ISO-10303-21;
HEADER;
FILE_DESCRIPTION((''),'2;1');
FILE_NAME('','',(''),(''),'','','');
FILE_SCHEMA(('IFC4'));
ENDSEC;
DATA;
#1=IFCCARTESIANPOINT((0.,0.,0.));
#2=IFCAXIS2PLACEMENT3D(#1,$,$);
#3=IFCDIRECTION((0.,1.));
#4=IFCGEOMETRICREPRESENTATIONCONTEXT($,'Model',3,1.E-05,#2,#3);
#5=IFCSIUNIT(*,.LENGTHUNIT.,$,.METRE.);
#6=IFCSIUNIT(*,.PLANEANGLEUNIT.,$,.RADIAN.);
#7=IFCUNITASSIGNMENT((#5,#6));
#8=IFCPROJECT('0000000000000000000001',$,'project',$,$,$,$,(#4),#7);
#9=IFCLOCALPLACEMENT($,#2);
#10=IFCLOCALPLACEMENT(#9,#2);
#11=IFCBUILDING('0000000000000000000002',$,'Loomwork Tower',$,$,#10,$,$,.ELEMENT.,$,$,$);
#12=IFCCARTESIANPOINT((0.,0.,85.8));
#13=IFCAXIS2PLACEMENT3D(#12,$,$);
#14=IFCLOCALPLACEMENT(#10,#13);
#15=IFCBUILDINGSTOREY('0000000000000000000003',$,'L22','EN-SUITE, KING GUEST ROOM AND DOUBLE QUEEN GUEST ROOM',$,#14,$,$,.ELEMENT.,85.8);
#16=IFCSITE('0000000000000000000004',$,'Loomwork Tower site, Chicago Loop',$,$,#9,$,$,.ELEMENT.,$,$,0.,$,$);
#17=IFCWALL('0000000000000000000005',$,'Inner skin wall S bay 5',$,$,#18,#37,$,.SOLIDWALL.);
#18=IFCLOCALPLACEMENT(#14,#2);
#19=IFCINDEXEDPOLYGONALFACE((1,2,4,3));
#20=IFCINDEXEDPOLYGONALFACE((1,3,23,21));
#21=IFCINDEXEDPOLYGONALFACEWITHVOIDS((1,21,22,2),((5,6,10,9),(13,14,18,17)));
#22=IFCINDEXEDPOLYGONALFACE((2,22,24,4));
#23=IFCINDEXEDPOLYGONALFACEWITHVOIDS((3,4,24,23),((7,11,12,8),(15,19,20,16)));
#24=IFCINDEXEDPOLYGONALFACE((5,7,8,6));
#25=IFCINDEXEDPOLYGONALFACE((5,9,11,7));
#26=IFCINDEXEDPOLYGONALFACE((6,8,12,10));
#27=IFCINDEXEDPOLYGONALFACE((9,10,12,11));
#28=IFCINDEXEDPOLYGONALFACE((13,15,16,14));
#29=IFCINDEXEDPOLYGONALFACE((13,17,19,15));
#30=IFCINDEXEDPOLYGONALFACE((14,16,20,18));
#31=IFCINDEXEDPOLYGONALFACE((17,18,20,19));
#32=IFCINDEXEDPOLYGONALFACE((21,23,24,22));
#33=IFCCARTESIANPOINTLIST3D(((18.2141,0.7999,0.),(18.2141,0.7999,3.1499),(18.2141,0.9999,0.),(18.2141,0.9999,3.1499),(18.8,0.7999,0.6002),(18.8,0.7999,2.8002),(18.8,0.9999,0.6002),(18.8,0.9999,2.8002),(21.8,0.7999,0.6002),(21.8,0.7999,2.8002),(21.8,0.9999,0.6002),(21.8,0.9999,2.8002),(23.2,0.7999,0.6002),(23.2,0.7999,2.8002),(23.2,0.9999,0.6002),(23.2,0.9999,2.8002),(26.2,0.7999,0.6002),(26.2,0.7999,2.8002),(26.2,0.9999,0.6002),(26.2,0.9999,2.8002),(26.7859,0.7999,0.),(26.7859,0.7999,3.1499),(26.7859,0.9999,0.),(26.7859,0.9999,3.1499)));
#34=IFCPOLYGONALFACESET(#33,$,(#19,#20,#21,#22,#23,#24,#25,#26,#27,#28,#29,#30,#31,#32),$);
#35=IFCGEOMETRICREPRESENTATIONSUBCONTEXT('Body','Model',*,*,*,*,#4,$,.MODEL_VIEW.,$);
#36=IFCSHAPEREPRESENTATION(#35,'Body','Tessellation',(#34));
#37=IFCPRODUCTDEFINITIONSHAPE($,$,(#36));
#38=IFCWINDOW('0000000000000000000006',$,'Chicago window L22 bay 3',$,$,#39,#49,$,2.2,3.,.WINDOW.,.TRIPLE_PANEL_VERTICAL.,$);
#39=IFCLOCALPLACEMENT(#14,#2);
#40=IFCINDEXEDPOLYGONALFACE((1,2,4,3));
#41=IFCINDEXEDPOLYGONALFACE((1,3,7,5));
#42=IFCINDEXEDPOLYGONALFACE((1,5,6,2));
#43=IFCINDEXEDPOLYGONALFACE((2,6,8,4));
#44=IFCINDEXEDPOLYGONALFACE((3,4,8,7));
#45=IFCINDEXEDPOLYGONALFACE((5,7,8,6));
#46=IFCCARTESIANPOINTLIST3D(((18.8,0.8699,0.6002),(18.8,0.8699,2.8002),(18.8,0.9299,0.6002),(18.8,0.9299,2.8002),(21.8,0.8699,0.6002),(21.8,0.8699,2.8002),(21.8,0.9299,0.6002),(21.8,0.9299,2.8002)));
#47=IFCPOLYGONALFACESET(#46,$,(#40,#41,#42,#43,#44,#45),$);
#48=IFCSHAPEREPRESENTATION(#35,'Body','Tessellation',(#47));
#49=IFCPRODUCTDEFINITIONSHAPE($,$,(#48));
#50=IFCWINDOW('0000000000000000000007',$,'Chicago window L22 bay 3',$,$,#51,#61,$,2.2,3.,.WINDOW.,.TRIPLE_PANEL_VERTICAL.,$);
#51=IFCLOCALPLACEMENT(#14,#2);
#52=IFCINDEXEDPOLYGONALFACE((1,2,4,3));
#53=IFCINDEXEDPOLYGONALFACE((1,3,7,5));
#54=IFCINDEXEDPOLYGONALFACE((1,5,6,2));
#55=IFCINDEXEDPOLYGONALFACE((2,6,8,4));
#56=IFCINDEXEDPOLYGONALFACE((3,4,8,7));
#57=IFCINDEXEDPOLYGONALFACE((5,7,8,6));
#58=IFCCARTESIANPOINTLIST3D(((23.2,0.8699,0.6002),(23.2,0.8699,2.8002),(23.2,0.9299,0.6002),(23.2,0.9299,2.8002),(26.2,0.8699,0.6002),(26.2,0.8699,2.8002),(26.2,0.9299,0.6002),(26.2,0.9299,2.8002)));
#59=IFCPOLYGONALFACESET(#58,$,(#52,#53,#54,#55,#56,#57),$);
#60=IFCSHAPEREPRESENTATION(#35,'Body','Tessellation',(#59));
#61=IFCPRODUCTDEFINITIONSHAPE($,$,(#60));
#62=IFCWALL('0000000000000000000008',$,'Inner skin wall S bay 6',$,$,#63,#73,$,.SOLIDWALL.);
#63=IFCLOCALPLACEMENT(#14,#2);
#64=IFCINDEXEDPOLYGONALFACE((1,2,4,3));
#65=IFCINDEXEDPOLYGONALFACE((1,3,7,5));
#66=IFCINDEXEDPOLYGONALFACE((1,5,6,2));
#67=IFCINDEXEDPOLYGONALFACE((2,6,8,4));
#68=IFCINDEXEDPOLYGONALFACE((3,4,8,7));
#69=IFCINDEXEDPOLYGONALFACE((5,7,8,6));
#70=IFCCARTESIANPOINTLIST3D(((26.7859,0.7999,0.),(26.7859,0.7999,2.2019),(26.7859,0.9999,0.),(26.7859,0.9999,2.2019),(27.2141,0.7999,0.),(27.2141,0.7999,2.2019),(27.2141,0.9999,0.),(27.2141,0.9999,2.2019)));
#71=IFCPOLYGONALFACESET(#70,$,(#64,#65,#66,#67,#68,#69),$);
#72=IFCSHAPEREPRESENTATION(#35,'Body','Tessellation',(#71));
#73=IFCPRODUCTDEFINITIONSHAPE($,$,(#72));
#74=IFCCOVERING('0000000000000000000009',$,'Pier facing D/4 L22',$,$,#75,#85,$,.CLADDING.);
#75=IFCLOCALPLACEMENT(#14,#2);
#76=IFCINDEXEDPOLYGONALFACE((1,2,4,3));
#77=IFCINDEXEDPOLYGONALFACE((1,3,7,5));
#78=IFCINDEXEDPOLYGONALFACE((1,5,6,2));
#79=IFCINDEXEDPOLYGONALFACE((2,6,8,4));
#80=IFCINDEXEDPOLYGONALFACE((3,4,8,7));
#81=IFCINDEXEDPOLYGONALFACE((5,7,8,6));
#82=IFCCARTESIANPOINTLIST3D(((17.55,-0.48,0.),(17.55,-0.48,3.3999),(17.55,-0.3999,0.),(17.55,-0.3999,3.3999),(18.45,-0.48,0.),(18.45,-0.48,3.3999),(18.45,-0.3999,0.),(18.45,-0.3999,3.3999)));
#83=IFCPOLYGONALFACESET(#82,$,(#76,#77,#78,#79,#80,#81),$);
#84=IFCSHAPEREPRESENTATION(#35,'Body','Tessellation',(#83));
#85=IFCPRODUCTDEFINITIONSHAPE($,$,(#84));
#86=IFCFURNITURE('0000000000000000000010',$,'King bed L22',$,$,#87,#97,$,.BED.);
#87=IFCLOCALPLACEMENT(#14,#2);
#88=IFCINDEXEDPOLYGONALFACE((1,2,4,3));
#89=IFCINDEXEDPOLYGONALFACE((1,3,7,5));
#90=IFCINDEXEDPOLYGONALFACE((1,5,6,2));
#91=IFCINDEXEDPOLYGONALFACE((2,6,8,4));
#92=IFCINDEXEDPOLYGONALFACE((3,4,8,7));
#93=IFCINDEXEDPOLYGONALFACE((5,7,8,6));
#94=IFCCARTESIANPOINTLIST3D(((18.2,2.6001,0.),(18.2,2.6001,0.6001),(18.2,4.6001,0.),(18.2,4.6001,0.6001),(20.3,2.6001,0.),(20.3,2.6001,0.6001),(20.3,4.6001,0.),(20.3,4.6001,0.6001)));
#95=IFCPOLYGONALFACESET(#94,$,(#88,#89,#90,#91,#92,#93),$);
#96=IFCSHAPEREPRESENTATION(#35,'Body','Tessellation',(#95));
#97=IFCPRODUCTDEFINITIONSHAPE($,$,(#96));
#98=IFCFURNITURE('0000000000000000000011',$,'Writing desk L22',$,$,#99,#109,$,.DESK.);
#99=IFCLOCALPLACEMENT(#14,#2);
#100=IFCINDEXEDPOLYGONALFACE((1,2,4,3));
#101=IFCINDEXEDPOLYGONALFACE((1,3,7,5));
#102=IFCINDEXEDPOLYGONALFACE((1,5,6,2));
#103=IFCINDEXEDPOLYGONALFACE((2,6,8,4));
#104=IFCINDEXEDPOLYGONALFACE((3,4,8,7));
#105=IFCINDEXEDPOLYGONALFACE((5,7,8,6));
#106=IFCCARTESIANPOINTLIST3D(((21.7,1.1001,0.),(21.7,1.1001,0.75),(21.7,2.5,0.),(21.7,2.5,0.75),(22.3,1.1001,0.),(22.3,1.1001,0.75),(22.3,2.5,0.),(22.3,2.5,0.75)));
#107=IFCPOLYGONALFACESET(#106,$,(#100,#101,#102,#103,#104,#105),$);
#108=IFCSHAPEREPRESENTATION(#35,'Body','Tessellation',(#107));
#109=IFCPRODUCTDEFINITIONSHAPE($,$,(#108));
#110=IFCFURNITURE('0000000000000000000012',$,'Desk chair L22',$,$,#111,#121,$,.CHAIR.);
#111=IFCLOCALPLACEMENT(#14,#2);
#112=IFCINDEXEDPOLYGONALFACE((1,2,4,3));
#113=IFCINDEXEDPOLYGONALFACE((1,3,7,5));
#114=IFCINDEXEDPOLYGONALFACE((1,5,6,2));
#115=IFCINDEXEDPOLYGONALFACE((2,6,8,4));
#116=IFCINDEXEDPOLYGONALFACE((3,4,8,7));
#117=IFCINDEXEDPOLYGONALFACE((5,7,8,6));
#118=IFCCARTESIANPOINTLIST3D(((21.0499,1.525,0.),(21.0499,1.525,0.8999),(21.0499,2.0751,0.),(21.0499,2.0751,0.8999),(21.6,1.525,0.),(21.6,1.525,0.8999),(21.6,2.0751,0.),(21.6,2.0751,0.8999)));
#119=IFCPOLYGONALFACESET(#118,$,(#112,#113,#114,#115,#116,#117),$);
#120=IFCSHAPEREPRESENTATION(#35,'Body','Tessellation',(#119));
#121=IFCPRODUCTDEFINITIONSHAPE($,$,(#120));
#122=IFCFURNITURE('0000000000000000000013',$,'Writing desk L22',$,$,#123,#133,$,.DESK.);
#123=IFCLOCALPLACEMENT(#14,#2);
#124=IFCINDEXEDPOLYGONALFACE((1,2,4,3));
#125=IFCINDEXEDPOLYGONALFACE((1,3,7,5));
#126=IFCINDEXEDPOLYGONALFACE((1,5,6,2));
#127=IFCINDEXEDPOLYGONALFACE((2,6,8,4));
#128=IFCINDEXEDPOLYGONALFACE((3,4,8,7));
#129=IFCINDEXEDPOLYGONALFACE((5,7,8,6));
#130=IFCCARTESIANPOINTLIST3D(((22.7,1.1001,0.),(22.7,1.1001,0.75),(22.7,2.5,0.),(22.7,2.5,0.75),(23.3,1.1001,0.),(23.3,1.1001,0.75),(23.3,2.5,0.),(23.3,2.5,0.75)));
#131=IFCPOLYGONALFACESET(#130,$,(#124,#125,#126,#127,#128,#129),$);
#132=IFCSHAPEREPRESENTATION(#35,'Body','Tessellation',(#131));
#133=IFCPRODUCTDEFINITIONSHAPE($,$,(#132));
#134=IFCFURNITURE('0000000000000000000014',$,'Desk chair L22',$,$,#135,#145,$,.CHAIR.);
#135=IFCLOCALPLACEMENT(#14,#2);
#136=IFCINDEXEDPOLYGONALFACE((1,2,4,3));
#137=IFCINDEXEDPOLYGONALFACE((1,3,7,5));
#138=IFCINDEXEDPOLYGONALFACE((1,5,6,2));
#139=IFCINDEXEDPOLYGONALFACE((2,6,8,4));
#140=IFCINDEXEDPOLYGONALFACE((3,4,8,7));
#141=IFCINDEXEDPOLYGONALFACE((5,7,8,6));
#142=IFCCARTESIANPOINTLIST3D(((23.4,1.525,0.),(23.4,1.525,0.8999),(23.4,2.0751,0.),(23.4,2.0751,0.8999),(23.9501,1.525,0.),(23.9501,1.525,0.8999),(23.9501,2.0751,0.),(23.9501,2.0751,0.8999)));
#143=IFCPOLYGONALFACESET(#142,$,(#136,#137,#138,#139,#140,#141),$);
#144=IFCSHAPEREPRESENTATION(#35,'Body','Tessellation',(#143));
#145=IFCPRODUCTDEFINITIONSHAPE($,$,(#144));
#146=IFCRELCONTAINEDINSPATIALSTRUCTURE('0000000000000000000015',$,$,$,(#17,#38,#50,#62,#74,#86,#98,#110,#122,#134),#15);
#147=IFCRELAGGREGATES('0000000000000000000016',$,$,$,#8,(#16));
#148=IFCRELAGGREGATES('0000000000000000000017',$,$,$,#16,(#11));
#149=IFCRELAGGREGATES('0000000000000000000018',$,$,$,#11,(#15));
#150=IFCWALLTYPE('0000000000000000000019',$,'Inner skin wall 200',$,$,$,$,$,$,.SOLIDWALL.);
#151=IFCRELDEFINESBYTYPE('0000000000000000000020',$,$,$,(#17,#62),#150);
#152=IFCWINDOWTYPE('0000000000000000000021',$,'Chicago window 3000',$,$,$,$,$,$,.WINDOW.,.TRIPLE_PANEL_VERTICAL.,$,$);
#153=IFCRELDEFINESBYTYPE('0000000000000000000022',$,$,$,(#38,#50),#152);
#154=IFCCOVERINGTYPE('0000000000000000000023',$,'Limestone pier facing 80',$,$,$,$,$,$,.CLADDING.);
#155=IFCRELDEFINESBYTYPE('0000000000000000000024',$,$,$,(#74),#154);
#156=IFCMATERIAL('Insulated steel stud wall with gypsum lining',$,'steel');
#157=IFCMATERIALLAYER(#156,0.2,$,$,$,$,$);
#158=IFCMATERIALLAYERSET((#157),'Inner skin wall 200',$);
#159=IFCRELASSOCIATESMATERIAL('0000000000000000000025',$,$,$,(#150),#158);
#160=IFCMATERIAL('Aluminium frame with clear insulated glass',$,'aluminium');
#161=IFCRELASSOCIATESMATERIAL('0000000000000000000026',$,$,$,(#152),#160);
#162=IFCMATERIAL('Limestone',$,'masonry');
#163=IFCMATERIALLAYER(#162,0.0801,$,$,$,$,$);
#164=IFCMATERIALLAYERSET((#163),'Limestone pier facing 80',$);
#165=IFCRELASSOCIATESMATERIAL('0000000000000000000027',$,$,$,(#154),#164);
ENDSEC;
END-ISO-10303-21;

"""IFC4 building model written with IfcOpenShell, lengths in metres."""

from ifc_helpers import new_model, si_unit, direction, frame, frame_2d, origin, origin_2d, place, context, subcontext, project, spatial, rectangle, extrude, material, layer, layer_set, type_object, element, fill, save


model = new_model("IFC4")

# Units and contexts
model_context = context("Model", 3, precision=1e-05, world=origin(), true_north=direction((0.0, 1.0)))
body_context = subcontext(model_context, "Body", "Model", "MODEL_VIEW")
ifc_project = project(units=[si_unit("LENGTHUNIT", "METRE"), si_unit("PLANEANGLEUNIT", "RADIAN")], contexts=[model_context])

# Site, building, storey
site_placement = place(None, origin())
site = spatial("IfcSite", under=ifc_project, at=site_placement, Name="Loomwork Tower site, Chicago Loop", CompositionType="ELEMENT", RefElevation=0.0)
building_placement = place(site_placement, origin())
building = spatial("IfcBuilding", under=site, at=building_placement, Name="Loomwork Tower", CompositionType="ELEMENT")
storey_placement = place(building_placement, frame((0.0, 0.0, 85.8)))
storey = spatial("IfcBuildingStorey", under=building, at=storey_placement, Name="L22", Description="EN-SUITE, KING GUEST ROOM AND DOUBLE QUEEN GUEST ROOM", CompositionType="ELEMENT", Elevation=85.8)

# Wall, openings, windows
ifc_material_1 = material(Name="Insulated steel stud wall with gypsum lining", Category="steel")
ifc_layer_1 = layer(ifc_material_1, 0.2)
ifc_layer_set_1 = layer_set([ifc_layer_1], Name="Inner skin wall 200")
wall_type = type_object("IfcWallType", Name="Inner skin wall 200", PredefinedType="SOLIDWALL", material=ifc_layer_set_1)
wall_1_placement = place(storey_placement, frame((18.2141, 0.8999, 0.0), z_axis=(0.0, 0.0, 1.0), x_axis=(1.0, 0.0, 0.0)))
wall_1 = element("IfcWall", 1, at=wall_1_placement, inside=storey, type_object=wall_type, Name="Inner skin wall S bay 5", PredefinedType="SOLIDWALL", context=body_context, shape_type="SweptSolid", body=[
    extrude(rectangle(XDim=8.5718, YDim=0.2, at=frame_2d((4.2859, 0.0))), origin(), (0.0, 0.0, 1.0), 3.1499),
])
opening_1_placement = place(wall_1_placement, frame((0.5859, 0.0, 0.6001)))
opening_1 = element("IfcOpeningElement", 2, at=opening_1_placement, cuts=wall_1, PredefinedType="OPENING", context=body_context, shape_type="SweptSolid", body=[
    extrude(rectangle(XDim=3.0, YDim=2.2, at=frame_2d((1.5, 1.1001))), frame((0.0, 0.1099, 0.0), z_axis=(0.0, -1.0, 0.0), x_axis=(1.0, 0.0, 0.0)), (0.0, 0.0, 1.0), 0.22),
])
opening_2_placement = place(wall_1_placement, frame((4.9858, 0.0, 0.6001)))
opening_2 = element("IfcOpeningElement", 3, at=opening_2_placement, cuts=wall_1, PredefinedType="OPENING", context=body_context, shape_type="SweptSolid", body=[
    extrude(rectangle(XDim=3.0, YDim=2.2, at=frame_2d((1.5, 1.1001))), frame((0.0, 0.1099, 0.0), z_axis=(0.0, -1.0, 0.0), x_axis=(1.0, 0.0, 0.0)), (0.0, 0.0, 1.0), 0.22),
])
ifc_material_2 = material(Name="Aluminium frame with clear insulated glass", Category="aluminium")
window_type = type_object("IfcWindowType", Name="Chicago window 3000", PartitioningType="TRIPLE_PANEL_VERTICAL", PredefinedType="WINDOW", material=ifc_material_2)
window_1_placement = place(opening_1_placement, origin())
window_1 = element("IfcWindow", 4, at=window_1_placement, inside=storey, type_object=window_type, Name="Chicago window L22 bay 3", OverallHeight=2.2, OverallWidth=3.0, PartitioningType="TRIPLE_PANEL_VERTICAL", PredefinedType="WINDOW", context=body_context, shape_type="SweptSolid", body=[
    extrude(rectangle(XDim=3.0, YDim=2.2, at=frame_2d((1.5, 1.1001))), frame((0.0, 0.03, 0.0), z_axis=(0.0, -1.0, 0.0), x_axis=(1.0, 0.0, 0.0)), (0.0, 0.0, 1.0), 0.0601),
])
fill(opening_1, window_1)
window_2_placement = place(opening_2_placement, origin())
window_2 = element("IfcWindow", 5, at=window_2_placement, inside=storey, type_object=window_type, Name="Chicago window L22 bay 3", OverallHeight=2.2, OverallWidth=3.0, PartitioningType="TRIPLE_PANEL_VERTICAL", PredefinedType="WINDOW", context=body_context, shape_type="SweptSolid", body=[
    extrude(rectangle(XDim=3.0, YDim=2.2, at=frame_2d((1.5, 1.1001))), frame((0.0, 0.03, 0.0), z_axis=(0.0, -1.0, 0.0), x_axis=(1.0, 0.0, 0.0)), (0.0, 0.0, 1.0), 0.0601),
])
fill(opening_2, window_2)

# Wall
wall_2_placement = place(storey_placement, frame((26.7859, 0.8999, 0.0), z_axis=(0.0, 0.0, 1.0), x_axis=(1.0, 0.0, 0.0)))
element("IfcWall", 6, at=wall_2_placement, inside=storey, type_object=wall_type, Name="Inner skin wall S bay 6", PredefinedType="SOLIDWALL", context=body_context, shape_type="SweptSolid", body=[
    extrude(rectangle(XDim=0.4282, YDim=0.2, at=frame_2d((0.2141, 0.0))), origin(), (0.0, 0.0, 1.0), 2.2019),
])

# Covering
ifc_material_3 = material(Name="Limestone", Category="masonry")
ifc_layer_2 = layer(ifc_material_3, 0.0801)
ifc_layer_set_2 = layer_set([ifc_layer_2], Name="Limestone pier facing 80")
covering_type = type_object("IfcCoveringType", Name="Limestone pier facing 80", PredefinedType="CLADDING", material=ifc_layer_set_2)
covering_placement = place(storey_placement, frame((18.0, -0.4399, 0.0), z_axis=(0.0, 0.0, 1.0), x_axis=(1.0, 0.0, 0.0)))
element("IfcCovering", 7, at=covering_placement, inside=storey, type_object=covering_type, Name="Pier facing D/4 L22", PredefinedType="CLADDING", context=body_context, shape_type="SweptSolid", body=[
    extrude(rectangle(XDim=0.8999, YDim=0.0801, at=origin_2d()), origin(), (0.0, 0.0, 1.0), 3.3999),
])

# Furniture
furniture_1_placement = place(storey_placement, frame((19.25, 3.6001, 0.0), z_axis=(0.0, 0.0, 1.0), x_axis=(1.0, 0.0, 0.0)))
element("IfcFurniture", 8, at=furniture_1_placement, inside=storey, Name="King bed L22", PredefinedType="BED", context=body_context, shape_type="SweptSolid", body=[
    extrude(rectangle(XDim=2.1001, YDim=2.0, at=origin_2d()), origin(), (0.0, 0.0, 1.0), 0.6001),
])
furniture_2_placement = place(storey_placement, frame((22.0, 1.8, 0.0), z_axis=(0.0, 0.0, 1.0), x_axis=(1.0, 0.0, 0.0)))
element("IfcFurniture", 9, at=furniture_2_placement, inside=storey, Name="Writing desk L22", PredefinedType="DESK", context=body_context, shape_type="SweptSolid", body=[
    extrude(rectangle(XDim=0.6001, YDim=1.3999, at=origin_2d()), origin(), (0.0, 0.0, 1.0), 0.75),
])
furniture_3_placement = place(storey_placement, frame((21.325, 1.8, 0.0), z_axis=(0.0, 0.0, 1.0), x_axis=(1.0, 0.0, 0.0)))
element("IfcFurniture", 10, at=furniture_3_placement, inside=storey, Name="Desk chair L22", PredefinedType="CHAIR", context=body_context, shape_type="SweptSolid", body=[
    extrude(rectangle(XDim=0.55, YDim=0.55, at=origin_2d()), origin(), (0.0, 0.0, 1.0), 0.8999),
])
furniture_4_placement = place(storey_placement, frame((23.0, 1.8, 0.0), z_axis=(0.0, 0.0, 1.0), x_axis=(1.0, 0.0, 0.0)))
element("IfcFurniture", 11, at=furniture_4_placement, inside=storey, Name="Writing desk L22", PredefinedType="DESK", context=body_context, shape_type="SweptSolid", body=[
    extrude(rectangle(XDim=0.6001, YDim=1.3999, at=origin_2d()), origin(), (0.0, 0.0, 1.0), 0.75),
])
furniture_5_placement = place(storey_placement, frame((23.675, 1.8, 0.0), z_axis=(0.0, 0.0, 1.0), x_axis=(1.0, 0.0, 0.0)))
element("IfcFurniture", 12, at=furniture_5_placement, inside=storey, Name="Desk chair L22", PredefinedType="CHAIR", context=body_context, shape_type="SweptSolid", body=[
    extrude(rectangle(XDim=0.55, YDim=0.55, at=origin_2d()), origin(), (0.0, 0.0, 1.0), 0.8999),
])

save(model, "model.ifc")
